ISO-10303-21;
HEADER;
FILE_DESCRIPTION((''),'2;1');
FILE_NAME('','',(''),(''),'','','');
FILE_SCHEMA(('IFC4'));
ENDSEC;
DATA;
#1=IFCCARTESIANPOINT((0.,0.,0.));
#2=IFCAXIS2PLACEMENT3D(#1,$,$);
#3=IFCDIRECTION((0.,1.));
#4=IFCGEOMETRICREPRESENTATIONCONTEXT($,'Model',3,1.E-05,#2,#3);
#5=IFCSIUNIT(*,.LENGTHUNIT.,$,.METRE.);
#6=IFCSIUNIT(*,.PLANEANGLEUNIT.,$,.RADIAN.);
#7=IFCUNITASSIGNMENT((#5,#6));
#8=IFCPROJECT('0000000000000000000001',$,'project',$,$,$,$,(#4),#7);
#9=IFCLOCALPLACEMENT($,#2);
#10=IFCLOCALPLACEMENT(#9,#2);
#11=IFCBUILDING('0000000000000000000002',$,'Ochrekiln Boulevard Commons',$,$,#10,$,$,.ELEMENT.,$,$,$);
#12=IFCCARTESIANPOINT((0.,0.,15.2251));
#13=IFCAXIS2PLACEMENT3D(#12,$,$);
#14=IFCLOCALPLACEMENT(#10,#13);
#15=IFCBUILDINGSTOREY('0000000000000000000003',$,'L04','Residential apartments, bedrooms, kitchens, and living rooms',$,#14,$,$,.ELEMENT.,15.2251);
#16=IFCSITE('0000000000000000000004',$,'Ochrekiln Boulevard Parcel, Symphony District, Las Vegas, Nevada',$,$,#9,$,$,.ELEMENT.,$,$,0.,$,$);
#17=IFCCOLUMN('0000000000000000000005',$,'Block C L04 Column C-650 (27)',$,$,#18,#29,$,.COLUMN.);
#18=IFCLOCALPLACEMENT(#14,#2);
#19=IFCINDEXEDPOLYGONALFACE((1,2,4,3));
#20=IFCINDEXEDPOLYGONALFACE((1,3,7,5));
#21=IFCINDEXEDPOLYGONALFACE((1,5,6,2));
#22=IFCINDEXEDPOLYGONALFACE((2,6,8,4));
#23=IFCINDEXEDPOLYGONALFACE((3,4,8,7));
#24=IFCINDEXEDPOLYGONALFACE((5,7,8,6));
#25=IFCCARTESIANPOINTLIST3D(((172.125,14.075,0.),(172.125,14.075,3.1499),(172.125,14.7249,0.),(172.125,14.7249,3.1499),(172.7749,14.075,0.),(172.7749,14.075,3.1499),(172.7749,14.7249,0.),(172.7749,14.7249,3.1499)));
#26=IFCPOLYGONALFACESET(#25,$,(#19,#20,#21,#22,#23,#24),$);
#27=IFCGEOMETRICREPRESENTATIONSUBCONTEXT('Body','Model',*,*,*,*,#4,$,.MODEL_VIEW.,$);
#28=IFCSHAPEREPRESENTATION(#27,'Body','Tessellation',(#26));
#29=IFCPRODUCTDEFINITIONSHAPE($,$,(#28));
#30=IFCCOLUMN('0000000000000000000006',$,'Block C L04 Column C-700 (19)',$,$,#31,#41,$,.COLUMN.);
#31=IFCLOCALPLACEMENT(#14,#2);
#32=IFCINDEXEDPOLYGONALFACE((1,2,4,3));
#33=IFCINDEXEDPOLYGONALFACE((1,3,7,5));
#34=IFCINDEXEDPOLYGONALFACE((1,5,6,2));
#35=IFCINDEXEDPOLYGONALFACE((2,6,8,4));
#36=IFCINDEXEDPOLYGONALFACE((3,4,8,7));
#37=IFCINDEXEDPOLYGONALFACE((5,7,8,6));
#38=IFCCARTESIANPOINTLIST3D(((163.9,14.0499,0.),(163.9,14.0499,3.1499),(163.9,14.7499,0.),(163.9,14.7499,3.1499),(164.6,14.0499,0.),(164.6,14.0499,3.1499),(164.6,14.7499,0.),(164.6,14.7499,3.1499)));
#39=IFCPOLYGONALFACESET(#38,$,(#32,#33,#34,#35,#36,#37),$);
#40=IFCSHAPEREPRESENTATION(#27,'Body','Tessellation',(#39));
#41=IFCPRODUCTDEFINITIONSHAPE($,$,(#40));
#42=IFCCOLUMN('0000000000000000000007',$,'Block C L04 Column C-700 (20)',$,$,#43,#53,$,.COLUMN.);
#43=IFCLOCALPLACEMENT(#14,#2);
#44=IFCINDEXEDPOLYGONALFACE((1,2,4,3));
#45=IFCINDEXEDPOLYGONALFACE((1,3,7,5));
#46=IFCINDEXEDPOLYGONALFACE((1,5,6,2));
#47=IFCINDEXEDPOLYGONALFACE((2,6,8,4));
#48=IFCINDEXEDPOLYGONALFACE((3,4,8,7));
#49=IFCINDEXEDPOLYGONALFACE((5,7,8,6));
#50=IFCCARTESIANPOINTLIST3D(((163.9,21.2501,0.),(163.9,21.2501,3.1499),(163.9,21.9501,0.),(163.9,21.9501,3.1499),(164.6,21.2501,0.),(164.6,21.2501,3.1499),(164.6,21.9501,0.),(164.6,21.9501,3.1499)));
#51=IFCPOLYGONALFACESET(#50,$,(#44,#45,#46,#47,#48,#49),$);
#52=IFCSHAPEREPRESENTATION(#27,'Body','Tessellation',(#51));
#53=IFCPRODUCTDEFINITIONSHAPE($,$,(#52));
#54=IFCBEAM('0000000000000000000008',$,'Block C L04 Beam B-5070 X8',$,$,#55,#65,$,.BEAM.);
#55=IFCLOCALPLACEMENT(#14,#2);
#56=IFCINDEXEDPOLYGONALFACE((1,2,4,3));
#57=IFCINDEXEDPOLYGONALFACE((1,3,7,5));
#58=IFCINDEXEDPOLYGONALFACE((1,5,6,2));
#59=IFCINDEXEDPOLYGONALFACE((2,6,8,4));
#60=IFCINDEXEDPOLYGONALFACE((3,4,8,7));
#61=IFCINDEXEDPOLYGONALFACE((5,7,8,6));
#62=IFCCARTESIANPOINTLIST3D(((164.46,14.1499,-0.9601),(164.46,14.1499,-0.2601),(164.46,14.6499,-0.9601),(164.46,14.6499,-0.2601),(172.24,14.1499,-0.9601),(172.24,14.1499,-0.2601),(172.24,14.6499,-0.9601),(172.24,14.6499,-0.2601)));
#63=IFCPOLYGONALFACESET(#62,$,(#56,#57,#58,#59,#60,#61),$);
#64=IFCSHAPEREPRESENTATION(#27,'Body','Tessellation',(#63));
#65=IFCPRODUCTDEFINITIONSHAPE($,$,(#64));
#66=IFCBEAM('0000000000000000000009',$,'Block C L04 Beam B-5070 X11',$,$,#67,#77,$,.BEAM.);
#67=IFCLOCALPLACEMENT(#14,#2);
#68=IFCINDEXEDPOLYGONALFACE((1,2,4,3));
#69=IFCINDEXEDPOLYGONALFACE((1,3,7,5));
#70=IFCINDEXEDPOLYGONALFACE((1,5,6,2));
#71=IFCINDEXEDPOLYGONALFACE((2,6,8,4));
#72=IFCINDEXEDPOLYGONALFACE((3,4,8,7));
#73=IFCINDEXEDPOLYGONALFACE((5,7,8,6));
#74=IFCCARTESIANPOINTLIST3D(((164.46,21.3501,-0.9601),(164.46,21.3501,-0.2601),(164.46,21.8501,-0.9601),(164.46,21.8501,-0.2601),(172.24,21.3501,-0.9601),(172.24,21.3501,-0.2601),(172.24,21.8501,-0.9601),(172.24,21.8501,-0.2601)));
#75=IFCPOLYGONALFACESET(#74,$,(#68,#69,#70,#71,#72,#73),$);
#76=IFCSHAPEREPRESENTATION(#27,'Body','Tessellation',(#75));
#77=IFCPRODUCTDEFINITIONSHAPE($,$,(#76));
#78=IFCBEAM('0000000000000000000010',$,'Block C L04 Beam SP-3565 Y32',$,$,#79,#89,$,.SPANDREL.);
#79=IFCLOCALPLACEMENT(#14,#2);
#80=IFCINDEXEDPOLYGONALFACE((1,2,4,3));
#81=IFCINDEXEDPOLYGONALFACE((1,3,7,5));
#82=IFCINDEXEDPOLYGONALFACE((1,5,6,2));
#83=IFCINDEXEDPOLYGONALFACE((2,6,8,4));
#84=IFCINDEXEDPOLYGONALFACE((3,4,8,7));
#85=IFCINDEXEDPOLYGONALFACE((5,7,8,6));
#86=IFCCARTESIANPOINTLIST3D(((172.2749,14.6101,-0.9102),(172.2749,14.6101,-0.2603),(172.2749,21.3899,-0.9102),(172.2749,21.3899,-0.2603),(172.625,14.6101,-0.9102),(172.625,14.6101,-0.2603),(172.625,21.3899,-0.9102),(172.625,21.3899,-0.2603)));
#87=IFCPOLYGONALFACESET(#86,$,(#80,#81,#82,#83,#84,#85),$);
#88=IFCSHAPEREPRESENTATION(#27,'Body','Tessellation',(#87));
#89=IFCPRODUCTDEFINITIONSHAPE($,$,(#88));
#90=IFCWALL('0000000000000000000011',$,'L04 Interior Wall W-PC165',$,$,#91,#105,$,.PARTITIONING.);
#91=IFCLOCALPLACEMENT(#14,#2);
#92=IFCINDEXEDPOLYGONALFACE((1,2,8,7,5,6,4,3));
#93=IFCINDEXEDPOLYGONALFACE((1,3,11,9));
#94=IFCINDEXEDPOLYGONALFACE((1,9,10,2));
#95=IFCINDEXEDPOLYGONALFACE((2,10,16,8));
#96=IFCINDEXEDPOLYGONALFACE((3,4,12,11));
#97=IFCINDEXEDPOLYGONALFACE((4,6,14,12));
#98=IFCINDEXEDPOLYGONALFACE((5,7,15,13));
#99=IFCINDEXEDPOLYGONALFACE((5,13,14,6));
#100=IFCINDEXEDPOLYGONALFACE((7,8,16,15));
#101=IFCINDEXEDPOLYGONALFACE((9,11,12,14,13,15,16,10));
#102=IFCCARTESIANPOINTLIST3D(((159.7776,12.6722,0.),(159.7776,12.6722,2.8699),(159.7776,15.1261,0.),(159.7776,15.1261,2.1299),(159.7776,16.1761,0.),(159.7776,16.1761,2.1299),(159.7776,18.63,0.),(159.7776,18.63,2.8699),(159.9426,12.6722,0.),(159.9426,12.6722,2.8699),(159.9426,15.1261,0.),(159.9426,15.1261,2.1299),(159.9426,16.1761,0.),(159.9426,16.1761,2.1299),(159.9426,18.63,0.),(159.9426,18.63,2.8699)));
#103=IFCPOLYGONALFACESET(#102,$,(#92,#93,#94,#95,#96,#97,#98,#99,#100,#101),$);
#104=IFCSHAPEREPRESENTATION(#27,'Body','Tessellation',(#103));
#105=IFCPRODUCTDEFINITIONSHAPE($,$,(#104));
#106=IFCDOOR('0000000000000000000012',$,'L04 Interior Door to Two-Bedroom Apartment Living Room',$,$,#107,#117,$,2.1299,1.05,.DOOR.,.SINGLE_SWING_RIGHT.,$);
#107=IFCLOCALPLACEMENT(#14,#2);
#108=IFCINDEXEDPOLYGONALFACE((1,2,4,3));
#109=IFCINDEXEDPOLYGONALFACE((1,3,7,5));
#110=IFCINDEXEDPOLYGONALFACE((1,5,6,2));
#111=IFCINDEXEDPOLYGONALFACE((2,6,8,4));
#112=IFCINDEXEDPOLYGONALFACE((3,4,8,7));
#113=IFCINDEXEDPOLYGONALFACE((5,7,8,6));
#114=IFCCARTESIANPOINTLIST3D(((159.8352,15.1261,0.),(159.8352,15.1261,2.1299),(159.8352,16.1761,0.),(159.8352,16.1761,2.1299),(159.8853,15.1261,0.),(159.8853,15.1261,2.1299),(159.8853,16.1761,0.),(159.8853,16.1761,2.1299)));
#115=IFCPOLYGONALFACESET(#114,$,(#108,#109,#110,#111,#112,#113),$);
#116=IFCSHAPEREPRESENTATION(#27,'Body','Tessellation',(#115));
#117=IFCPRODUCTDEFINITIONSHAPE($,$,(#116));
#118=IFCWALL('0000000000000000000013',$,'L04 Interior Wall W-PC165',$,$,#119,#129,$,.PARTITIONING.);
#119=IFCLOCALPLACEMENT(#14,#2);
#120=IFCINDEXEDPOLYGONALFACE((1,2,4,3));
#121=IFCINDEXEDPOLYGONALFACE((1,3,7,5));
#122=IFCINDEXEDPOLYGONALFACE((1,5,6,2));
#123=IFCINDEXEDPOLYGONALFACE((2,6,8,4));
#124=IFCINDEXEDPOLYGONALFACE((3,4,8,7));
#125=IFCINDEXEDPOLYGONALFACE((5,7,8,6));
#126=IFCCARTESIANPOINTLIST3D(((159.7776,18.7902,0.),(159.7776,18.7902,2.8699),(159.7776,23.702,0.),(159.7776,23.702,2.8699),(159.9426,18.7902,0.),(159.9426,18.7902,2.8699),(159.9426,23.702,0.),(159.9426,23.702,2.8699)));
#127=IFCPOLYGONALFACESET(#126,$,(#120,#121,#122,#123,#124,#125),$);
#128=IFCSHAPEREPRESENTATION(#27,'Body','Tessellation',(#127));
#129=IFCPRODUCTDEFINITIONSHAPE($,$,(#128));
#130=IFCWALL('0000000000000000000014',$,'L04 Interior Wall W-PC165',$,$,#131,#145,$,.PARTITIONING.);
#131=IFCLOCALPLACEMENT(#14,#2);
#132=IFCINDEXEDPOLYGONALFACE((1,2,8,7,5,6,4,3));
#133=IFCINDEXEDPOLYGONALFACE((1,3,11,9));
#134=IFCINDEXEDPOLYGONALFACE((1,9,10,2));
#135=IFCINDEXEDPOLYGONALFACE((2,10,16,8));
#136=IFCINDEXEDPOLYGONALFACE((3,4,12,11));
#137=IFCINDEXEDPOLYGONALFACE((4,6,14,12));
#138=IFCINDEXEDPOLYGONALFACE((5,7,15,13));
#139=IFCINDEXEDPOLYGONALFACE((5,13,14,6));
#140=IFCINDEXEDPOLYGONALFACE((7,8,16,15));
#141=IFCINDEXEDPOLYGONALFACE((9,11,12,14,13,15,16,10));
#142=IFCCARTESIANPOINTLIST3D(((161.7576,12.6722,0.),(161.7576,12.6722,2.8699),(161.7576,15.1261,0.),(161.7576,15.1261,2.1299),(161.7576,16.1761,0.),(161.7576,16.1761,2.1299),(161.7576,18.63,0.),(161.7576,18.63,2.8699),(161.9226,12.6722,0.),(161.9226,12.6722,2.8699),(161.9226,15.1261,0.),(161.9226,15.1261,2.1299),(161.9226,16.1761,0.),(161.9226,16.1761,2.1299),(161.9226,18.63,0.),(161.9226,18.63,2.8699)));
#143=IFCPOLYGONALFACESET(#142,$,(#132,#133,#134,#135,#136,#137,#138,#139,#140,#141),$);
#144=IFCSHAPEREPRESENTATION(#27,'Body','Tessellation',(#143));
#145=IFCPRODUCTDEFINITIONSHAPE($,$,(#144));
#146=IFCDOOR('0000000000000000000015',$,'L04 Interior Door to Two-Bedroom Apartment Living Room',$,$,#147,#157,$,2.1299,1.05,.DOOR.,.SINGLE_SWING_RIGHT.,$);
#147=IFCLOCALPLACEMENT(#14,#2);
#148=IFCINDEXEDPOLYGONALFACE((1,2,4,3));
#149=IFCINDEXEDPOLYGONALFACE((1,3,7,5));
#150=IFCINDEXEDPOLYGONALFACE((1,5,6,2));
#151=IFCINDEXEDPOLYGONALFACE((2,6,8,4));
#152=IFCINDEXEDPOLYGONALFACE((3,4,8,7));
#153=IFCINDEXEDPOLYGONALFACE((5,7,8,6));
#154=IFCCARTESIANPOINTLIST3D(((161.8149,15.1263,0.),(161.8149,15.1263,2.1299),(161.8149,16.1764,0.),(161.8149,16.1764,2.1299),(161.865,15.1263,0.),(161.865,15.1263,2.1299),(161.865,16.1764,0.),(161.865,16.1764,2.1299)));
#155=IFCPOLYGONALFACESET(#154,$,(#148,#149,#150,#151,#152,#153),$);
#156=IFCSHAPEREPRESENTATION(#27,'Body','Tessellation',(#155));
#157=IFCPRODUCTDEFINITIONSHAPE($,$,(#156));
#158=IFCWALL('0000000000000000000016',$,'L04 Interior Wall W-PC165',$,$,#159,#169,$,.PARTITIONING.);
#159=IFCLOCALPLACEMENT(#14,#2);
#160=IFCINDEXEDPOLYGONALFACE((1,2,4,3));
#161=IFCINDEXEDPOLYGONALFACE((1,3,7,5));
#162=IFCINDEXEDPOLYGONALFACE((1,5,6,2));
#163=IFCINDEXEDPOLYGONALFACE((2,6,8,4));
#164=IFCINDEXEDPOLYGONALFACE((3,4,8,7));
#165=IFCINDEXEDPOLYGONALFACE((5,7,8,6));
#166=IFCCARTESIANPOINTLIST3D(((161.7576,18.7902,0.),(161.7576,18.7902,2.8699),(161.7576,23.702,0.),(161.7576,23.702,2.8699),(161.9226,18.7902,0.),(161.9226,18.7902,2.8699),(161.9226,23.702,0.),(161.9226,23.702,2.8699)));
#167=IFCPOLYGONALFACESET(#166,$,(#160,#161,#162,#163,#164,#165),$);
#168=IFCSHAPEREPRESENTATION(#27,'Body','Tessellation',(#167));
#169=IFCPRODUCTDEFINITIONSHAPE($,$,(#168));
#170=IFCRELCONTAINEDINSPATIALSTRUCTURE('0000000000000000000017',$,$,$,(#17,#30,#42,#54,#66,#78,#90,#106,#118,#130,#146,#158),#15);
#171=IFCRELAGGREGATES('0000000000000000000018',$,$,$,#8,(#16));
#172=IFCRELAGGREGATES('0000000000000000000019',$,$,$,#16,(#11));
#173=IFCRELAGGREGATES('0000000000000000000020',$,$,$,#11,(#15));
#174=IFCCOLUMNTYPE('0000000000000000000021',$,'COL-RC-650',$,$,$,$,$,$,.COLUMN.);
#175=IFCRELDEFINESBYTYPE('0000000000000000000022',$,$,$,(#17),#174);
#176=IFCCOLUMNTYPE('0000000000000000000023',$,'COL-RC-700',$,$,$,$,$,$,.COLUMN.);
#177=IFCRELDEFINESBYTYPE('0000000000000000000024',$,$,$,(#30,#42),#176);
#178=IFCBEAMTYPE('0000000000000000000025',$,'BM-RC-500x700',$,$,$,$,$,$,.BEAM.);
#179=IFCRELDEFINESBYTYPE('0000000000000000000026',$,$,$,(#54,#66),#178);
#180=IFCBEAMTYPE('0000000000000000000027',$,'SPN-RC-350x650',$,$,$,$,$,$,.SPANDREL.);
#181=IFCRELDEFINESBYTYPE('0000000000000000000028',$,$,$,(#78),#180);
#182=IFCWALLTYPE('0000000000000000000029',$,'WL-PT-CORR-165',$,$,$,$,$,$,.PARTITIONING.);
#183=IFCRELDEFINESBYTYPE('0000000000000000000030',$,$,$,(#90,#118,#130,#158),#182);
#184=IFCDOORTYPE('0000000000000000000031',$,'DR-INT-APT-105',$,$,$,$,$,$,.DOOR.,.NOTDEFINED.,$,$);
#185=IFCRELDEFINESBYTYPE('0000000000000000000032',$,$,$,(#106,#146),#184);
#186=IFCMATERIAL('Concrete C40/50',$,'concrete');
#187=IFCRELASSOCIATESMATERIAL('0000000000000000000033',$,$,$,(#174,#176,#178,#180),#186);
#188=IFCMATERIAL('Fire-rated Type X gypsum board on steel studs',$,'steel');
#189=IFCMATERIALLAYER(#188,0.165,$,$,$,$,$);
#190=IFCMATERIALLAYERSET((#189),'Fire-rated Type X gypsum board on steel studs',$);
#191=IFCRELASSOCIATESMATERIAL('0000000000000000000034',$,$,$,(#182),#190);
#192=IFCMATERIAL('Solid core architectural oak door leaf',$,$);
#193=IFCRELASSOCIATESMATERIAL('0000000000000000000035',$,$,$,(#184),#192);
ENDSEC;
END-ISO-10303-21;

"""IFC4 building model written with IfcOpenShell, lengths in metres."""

from ifc_helpers import new_model, si_unit, direction, frame, frame_2d, origin, origin_2d, place, context, subcontext, project, spatial, rectangle, extrude, material, layer, layer_set, material_profile, profile_set, type_object, element, fill, save


model = new_model("IFC4")

# Units and contexts
model_context = context("Model", 3, precision=1e-05, world=origin(), true_north=direction((0.0, 1.0)))
body_context = subcontext(model_context, "Body", "Model", "MODEL_VIEW")
ifc_project = project(units=[si_unit("LENGTHUNIT", "METRE"), si_unit("PLANEANGLEUNIT", "RADIAN")], contexts=[model_context])

# Site, building, storey
site_placement = place(None, origin())
site = spatial("IfcSite", under=ifc_project, at=site_placement, Name="Ochrekiln Boulevard Parcel, Symphony District, Las Vegas, Nevada", CompositionType="ELEMENT", RefElevation=0.0)
building_placement = place(site_placement, origin())
building = spatial("IfcBuilding", under=site, at=building_placement, Name="Ochrekiln Boulevard Commons", CompositionType="ELEMENT")
storey_placement = place(building_placement, frame((0.0, 0.0, 15.2251)))
storey = spatial("IfcBuildingStorey", under=building, at=storey_placement, Name="L04", Description="Residential apartments, bedrooms, kitchens, and living rooms", CompositionType="ELEMENT", Elevation=15.2251)

# Columns
ifc_material_1 = material(Name="Concrete C40/50", Category="concrete")
ifc_material_profile_1 = material_profile(ifc_material_1, rectangle(XDim=0.6499, YDim=0.6499, at=origin_2d()), Name="RC-COL-650x650")
ifc_profile_set_1 = profile_set([ifc_material_profile_1], Name="Concrete C40/50")
column_type_1 = type_object("IfcColumnType", Name="COL-RC-650", PredefinedType="COLUMN", material=ifc_profile_set_1)
column_placement = place(storey_placement, frame((172.45, 14.3999, 0.0), z_axis=(0.0, 0.0, 1.0), x_axis=(1.0, 0.0, 0.0)))
element("IfcColumn", 1, at=column_placement, inside=storey, type_object=column_type_1, Name="Block C L04 Column C-650 (27)", PredefinedType="COLUMN", context=body_context, shape_type="SweptSolid", body=[
    extrude(rectangle(XDim=0.6499, YDim=0.6499, at=origin_2d()), origin(), (0.0, 0.0, 1.0), 3.1499),
])
ifc_material_profile_2 = material_profile(ifc_material_1, rectangle(XDim=0.7, YDim=0.7, at=origin_2d()), Name="RC-COL-700x700")
ifc_profile_set_2 = profile_set([ifc_material_profile_2], Name="Concrete C40/50")
column_type_2 = type_object("IfcColumnType", Name="COL-RC-700", PredefinedType="COLUMN", material=ifc_profile_set_2)
for number, where, z_axis, x_axis, name in (
    (2, (164.25, 14.3999, 0.0), (0.0, 0.0, 1.0), (1.0, 0.0, 0.0), "Block C L04 Column C-700 (19)"),
    (3, (164.25, 21.6001, 0.0), (0.0, 0.0, 1.0), (1.0, 0.0, 0.0), "Block C L04 Column C-700 (20)"),
):
    element("IfcColumn", number, at=place(storey_placement, frame(where, z_axis=z_axis, x_axis=x_axis)), inside=storey, type_object=column_type_2, Name=name, PredefinedType="COLUMN", context=body_context, shape_type="SweptSolid", body=[
        extrude(rectangle(XDim=0.7, YDim=0.7, at=origin_2d()), origin(), (0.0, 0.0, 1.0), 3.1499),
    ])

# Beams
ifc_material_profile_3 = material_profile(ifc_material_1, rectangle(XDim=0.5, YDim=0.7, at=origin_2d()), Name="RC-BM-500x700")
ifc_profile_set_3 = profile_set([ifc_material_profile_3], Name="Concrete C40/50")
beam_type_1 = type_object("IfcBeamType", Name="BM-RC-500x700", PredefinedType="BEAM", material=ifc_profile_set_3)
for number, where, z_axis, x_axis, name in (
    (4, (164.46, 14.3999, -0.6101), (1.0, 0.0, 0.0), (0.0, 1.0, 0.0), "Block C L04 Beam B-5070 X8"),
    (5, (164.46, 21.6001, -0.6101), (1.0, 0.0, 0.0), (0.0, 1.0, 0.0), "Block C L04 Beam B-5070 X11"),
):
    element("IfcBeam", number, at=place(storey_placement, frame(where, z_axis=z_axis, x_axis=x_axis)), inside=storey, type_object=beam_type_1, Name=name, PredefinedType="BEAM", context=body_context, shape_type="SweptSolid", body=[
        extrude(rectangle(XDim=0.5, YDim=0.7, at=origin_2d()), origin(), (0.0, 0.0, 1.0), 7.78),
    ])
ifc_material_profile_4 = material_profile(ifc_material_1, rectangle(XDim=0.3501, YDim=0.6499, at=origin_2d()), Name="RC-SPN-350x650")
ifc_profile_set_4 = profile_set([ifc_material_profile_4], Name="Concrete C40/50")
beam_type_2 = type_object("IfcBeamType", Name="SPN-RC-350x650", PredefinedType="SPANDREL", material=ifc_profile_set_4)
beam_placement = place(storey_placement, frame((172.45, 14.6101, -0.5852), z_axis=(0.0, 1.0, 0.0), x_axis=(-1.0, 0.0, 0.0)))
element("IfcBeam", 6, at=beam_placement, inside=storey, type_object=beam_type_2, Name="Block C L04 Beam SP-3565 Y32", PredefinedType="SPANDREL", context=body_context, shape_type="SweptSolid", body=[
    extrude(rectangle(XDim=0.3501, YDim=0.6499, at=origin_2d()), origin(), (0.0, 0.0, 1.0), 6.7798),
])

# Wall, opening, door
ifc_material_2 = material(Name="Fire-rated Type X gypsum board on steel studs", Category="steel")
ifc_layer_1 = layer(ifc_material_2, 0.165)
ifc_layer_set_1 = layer_set([ifc_layer_1], Name="Fire-rated Type X gypsum board on steel studs")
wall_type_1 = type_object("IfcWallType", Name="WL-PT-CORR-165", PredefinedType="PARTITIONING", material=ifc_layer_set_1)
wall_1_placement = place(storey_placement, frame((159.8601, 12.6721, 0.0), z_axis=(0.0, 0.0, 1.0), x_axis=(0.0, 1.0, 0.0)))
wall_1 = element("IfcWall", 7, at=wall_1_placement, inside=storey, type_object=wall_type_1, Name="L04 Interior Wall W-PC165", PredefinedType="PARTITIONING", context=body_context, shape_type="SweptSolid", body=[
    extrude(rectangle(XDim=5.9578, YDim=0.165, at=frame_2d((2.979, 0.0))), origin(), (0.0, 0.0, 1.0), 2.8699),
])
opening_1_placement = place(wall_1_placement, frame((2.4541, 0.0, 0.0)))
opening_1 = element("IfcOpeningElement", 8, at=opening_1_placement, cuts=wall_1, PredefinedType="OPENING", context=body_context, shape_type="SweptSolid", body=[
    extrude(rectangle(XDim=1.05, YDim=2.1299, at=frame_2d((0.5249, 1.0649))), frame((0.0, 0.0925, 0.0), z_axis=(0.0, -1.0, 0.0), x_axis=(1.0, 0.0, 0.0)), (0.0, 0.0, 1.0), 0.1851),
])
ifc_material_3 = material(Name="Solid core architectural oak door leaf")
door_type_1 = type_object("IfcDoorType", Name="DR-INT-APT-105", OperationType="NOTDEFINED", PredefinedType="DOOR", material=ifc_material_3)
door_1_placement = place(opening_1_placement, origin())
door_1 = element("IfcDoor", 9, at=door_1_placement, inside=storey, type_object=door_type_1, Name="L04 Interior Door to Two-Bedroom Apartment Living Room", OperationType="SINGLE_SWING_RIGHT", OverallHeight=2.1299, OverallWidth=1.05, PredefinedType="DOOR", context=body_context, shape_type="SweptSolid", body=[
    extrude(rectangle(XDim=1.05, YDim=2.1299, at=frame_2d((0.5249, 1.0649))), frame((0.0, 0.0249, 0.0), z_axis=(0.0, -1.0, 0.0), x_axis=(1.0, 0.0, 0.0)), (0.0, 0.0, 1.0), 0.05),
])
fill(opening_1, door_1)

# Wall
wall_2_placement = place(storey_placement, frame((159.8601, 18.79, 0.0), z_axis=(0.0, 0.0, 1.0), x_axis=(0.0, 1.0, 0.0)))
element("IfcWall", 10, at=wall_2_placement, inside=storey, type_object=wall_type_1, Name="L04 Interior Wall W-PC165", PredefinedType="PARTITIONING", context=body_context, shape_type="SweptSolid", body=[
    extrude(rectangle(XDim=4.9119, YDim=0.165, at=frame_2d((2.4561, 0.0))), origin(), (0.0, 0.0, 1.0), 2.8699),
])

# Wall, opening, door
wall_3_placement = place(storey_placement, frame((161.8401, 12.6721, 0.0), z_axis=(0.0, 0.0, 1.0), x_axis=(0.0, 1.0, 0.0)))
wall_3 = element("IfcWall", 11, at=wall_3_placement, inside=storey, type_object=wall_type_1, Name="L04 Interior Wall W-PC165", PredefinedType="PARTITIONING", context=body_context, shape_type="SweptSolid", body=[
    extrude(rectangle(XDim=5.9578, YDim=0.165, at=frame_2d((2.979, 0.0))), origin(), (0.0, 0.0, 1.0), 2.8699),
])
opening_2_placement = place(wall_3_placement, frame((2.4541, 0.0, 0.0)))
opening_2 = element("IfcOpeningElement", 12, at=opening_2_placement, cuts=wall_3, PredefinedType="OPENING", context=body_context, shape_type="SweptSolid", body=[
    extrude(rectangle(XDim=1.05, YDim=2.1299, at=frame_2d((0.5249, 1.0649))), frame((0.0, 0.0925, 0.0), z_axis=(0.0, -1.0, 0.0), x_axis=(1.0, 0.0, 0.0)), (0.0, 0.0, 1.0), 0.1851),
])
door_2_placement = place(opening_2_placement, frame((1.05, 0.0, 0.0), z_axis=(0.0, 0.0, 1.0), x_axis=(-1.0, 0.0, 0.0)))
door_2 = element("IfcDoor", 13, at=door_2_placement, inside=storey, type_object=door_type_1, Name="L04 Interior Door to Two-Bedroom Apartment Living Room", OperationType="SINGLE_SWING_RIGHT", OverallHeight=2.1299, OverallWidth=1.05, PredefinedType="DOOR", context=body_context, shape_type="SweptSolid", body=[
    extrude(rectangle(XDim=1.05, YDim=2.1299, at=frame_2d((0.5249, 1.0649))), frame((0.0, 0.0249, 0.0), z_axis=(0.0, -1.0, 0.0), x_axis=(1.0, 0.0, 0.0)), (0.0, 0.0, 1.0), 0.05),
])
fill(opening_2, door_2)

# Wall
wall_4_placement = place(storey_placement, frame((161.8401, 18.79, 0.0), z_axis=(0.0, 0.0, 1.0), x_axis=(0.0, 1.0, 0.0)))
element("IfcWall", 14, at=wall_4_placement, inside=storey, type_object=wall_type_1, Name="L04 Interior Wall W-PC165", PredefinedType="PARTITIONING", context=body_context, shape_type="SweptSolid", body=[
    extrude(rectangle(XDim=4.9119, YDim=0.165, at=frame_2d((2.4561, 0.0))), origin(), (0.0, 0.0, 1.0), 2.8699),
])

save(model, "model.ifc")
